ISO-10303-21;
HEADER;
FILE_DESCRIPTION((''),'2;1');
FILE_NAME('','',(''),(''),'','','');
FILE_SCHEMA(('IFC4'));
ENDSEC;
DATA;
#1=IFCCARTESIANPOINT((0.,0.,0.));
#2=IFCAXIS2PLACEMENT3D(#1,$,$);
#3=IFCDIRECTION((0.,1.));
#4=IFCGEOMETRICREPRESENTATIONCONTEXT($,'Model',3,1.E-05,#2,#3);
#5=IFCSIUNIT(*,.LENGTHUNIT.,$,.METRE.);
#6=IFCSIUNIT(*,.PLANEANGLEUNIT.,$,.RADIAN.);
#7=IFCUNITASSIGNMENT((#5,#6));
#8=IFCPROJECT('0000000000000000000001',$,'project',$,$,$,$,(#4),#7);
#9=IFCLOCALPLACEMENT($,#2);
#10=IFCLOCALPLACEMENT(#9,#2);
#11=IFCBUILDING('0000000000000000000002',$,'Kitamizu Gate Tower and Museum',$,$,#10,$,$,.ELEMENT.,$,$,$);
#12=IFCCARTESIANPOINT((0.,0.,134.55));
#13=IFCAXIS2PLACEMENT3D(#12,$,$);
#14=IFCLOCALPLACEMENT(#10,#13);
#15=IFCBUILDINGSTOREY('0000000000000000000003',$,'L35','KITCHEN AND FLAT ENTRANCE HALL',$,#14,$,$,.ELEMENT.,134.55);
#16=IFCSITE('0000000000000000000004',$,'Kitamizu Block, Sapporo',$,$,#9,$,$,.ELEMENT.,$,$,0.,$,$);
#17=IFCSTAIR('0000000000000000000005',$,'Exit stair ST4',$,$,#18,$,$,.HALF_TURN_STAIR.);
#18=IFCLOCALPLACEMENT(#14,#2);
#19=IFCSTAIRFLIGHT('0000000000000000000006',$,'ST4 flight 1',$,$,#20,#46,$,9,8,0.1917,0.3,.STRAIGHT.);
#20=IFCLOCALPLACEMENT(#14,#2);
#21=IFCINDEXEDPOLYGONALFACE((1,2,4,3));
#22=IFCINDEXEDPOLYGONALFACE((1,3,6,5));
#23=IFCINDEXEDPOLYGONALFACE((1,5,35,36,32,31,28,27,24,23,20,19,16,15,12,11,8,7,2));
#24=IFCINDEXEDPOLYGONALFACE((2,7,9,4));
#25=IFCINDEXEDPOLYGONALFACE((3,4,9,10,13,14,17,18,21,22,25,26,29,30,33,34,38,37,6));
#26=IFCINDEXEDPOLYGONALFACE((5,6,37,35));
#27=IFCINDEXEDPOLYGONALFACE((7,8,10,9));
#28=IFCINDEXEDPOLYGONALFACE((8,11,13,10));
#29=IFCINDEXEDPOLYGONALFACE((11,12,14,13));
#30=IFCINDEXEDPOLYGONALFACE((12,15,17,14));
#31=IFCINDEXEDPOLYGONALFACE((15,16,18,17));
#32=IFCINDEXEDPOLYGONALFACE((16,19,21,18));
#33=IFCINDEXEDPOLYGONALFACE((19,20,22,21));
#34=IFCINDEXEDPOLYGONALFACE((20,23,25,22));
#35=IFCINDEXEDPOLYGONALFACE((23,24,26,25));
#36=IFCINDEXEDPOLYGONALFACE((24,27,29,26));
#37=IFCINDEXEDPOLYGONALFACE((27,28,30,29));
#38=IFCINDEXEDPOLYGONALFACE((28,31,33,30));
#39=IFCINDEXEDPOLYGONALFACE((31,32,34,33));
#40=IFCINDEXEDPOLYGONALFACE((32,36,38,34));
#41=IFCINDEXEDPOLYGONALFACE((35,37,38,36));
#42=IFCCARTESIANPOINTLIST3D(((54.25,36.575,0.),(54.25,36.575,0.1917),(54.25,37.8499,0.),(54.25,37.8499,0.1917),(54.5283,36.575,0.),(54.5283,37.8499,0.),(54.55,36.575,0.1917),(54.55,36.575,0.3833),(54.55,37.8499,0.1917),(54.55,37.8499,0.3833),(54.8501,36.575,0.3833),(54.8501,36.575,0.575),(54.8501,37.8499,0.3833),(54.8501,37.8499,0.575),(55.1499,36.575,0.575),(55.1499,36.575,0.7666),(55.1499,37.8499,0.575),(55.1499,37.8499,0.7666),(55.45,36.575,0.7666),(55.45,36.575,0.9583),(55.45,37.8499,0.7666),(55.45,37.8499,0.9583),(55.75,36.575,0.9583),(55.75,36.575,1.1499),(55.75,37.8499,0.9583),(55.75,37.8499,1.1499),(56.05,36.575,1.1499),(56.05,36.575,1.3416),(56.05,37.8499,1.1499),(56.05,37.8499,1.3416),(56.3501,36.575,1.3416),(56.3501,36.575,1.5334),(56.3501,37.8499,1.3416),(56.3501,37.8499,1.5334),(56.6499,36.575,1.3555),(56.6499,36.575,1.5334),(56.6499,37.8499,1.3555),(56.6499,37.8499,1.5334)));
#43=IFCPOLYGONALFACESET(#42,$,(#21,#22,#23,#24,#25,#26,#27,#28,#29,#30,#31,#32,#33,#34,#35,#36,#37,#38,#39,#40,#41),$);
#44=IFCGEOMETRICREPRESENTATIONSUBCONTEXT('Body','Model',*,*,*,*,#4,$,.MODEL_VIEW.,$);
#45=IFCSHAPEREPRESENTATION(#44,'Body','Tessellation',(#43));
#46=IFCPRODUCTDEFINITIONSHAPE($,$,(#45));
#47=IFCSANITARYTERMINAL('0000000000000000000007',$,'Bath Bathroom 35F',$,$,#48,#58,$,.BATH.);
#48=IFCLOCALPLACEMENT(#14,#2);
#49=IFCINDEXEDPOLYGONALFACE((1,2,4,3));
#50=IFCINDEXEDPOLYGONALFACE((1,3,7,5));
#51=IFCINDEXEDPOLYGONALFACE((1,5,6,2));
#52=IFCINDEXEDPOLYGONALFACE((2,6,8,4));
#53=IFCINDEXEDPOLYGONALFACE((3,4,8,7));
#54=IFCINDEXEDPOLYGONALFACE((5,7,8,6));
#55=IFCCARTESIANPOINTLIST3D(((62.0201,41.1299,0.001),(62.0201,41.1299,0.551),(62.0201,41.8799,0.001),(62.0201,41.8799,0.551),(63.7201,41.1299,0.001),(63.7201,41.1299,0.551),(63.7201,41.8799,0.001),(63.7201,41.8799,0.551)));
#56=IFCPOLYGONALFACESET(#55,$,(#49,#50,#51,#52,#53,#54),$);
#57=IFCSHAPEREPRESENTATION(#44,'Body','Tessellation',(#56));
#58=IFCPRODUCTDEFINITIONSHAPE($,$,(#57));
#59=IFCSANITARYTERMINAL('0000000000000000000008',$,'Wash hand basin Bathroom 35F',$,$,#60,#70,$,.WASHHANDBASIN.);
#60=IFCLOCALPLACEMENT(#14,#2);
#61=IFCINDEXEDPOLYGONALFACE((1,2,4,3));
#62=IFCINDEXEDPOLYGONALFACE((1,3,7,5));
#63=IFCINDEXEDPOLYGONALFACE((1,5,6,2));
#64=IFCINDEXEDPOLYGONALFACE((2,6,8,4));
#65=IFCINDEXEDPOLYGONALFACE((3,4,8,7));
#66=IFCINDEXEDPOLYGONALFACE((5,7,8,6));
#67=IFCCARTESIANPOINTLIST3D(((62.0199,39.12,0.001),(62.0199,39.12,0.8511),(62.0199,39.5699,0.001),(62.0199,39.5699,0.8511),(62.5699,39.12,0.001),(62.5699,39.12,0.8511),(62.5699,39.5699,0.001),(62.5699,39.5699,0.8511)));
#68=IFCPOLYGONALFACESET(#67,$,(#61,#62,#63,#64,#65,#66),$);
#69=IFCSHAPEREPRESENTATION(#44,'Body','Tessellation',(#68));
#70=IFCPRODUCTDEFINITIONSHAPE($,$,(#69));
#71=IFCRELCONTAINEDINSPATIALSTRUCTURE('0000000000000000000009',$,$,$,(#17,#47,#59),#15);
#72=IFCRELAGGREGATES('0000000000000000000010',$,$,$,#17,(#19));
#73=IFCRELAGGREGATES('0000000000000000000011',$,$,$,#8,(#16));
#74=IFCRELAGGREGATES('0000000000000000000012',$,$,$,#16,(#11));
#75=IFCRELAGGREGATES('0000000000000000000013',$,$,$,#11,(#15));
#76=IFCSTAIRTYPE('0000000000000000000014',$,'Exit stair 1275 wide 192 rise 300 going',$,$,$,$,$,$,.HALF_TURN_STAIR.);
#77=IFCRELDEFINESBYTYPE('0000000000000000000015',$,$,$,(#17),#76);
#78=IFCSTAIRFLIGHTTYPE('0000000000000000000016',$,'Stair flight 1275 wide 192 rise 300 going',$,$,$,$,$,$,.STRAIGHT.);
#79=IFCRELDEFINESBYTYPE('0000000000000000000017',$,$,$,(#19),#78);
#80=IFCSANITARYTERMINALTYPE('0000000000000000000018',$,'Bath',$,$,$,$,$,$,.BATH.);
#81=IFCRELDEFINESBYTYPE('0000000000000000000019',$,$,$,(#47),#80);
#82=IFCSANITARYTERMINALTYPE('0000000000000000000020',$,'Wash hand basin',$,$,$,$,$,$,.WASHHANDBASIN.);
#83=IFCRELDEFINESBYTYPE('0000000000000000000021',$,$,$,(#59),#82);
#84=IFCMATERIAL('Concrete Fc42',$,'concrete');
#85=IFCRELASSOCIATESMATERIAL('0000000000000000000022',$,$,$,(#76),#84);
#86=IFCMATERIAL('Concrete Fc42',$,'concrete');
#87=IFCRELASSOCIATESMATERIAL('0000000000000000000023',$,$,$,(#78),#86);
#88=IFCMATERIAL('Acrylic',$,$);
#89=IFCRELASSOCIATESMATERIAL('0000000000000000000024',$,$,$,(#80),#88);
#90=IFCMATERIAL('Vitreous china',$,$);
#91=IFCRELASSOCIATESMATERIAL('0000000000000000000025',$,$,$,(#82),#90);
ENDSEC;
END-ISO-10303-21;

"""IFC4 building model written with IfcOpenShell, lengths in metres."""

from ifc_helpers import new_model, si_unit, direction, frame, origin, origin_2d, place, context, subcontext, project, spatial, polyline, rectangle, outline, extrude, material, type_object, element, aggregate, save


model = new_model("IFC4")

# Units and contexts
model_context = context("Model", 3, precision=1e-05, world=origin(), true_north=direction((0.0, 1.0)))
body_context = subcontext(model_context, "Body", "Model", "MODEL_VIEW")
ifc_project = project(units=[si_unit("LENGTHUNIT", "METRE"), si_unit("PLANEANGLEUNIT", "RADIAN")], contexts=[model_context])

# Site, building, storey
site_placement = place(None, origin())
site = spatial("IfcSite", under=ifc_project, at=site_placement, Name="Kitamizu Block, Sapporo", CompositionType="ELEMENT", RefElevation=0.0)
building_placement = place(site_placement, origin())
building = spatial("IfcBuilding", under=site, at=building_placement, Name="Kitamizu Gate Tower and Museum", CompositionType="ELEMENT")
storey_placement = place(building_placement, frame((0.0, 0.0, 134.55)))
storey = spatial("IfcBuildingStorey", under=building, at=storey_placement, Name="L35", Description="KITCHEN AND FLAT ENTRANCE HALL", CompositionType="ELEMENT", Elevation=134.55)

# Stair, stair flight
ifc_material_1 = material(Name="Concrete Fc42", Category="concrete")
stair_type = type_object("IfcStairType", Name="Exit stair 1275 wide 192 rise 300 going", PredefinedType="HALF_TURN_STAIR", material=ifc_material_1)
stair_placement = place(storey_placement, origin())
stair = element("IfcStair", 1, at=stair_placement, inside=storey, type_object=stair_type, Name="Exit stair ST4", PredefinedType="HALF_TURN_STAIR")
ifc_material_2 = material(Name="Concrete Fc42", Category="concrete")
stair_flight_type = type_object("IfcStairFlightType", Name="Stair flight 1275 wide 192 rise 300 going", PredefinedType="STRAIGHT", material=ifc_material_2)
stair_flight_placement = place(storey_placement, frame((54.25, 37.2124, 0.0), z_axis=(0.0, 0.0, 1.0), x_axis=(1.0, 0.0, 0.0)))
stair_flight = element("IfcStairFlight", 2, at=stair_flight_placement, type_object=stair_flight_type, Name="ST4 flight 1", NumberOfRisers=9, NumberOfTreads=8, PredefinedType="STRAIGHT", RiserHeight=0.1917, TreadLength=0.3, context=body_context, shape_type="SweptSolid", body=[
    extrude(outline(polyline([(0.0, 0.0), (0.0, 0.1917), (0.3, 0.1917), (0.3, 0.3833), (0.6001, 0.3833), (0.6001, 0.575), (0.8999, 0.575), (0.8999, 0.7666), (1.2, 0.7666), (1.2, 0.9583), (1.5, 0.9583), (1.5, 1.1499), (1.8, 1.1499), (1.8, 1.3416), (2.1001, 1.3416), (2.1001, 1.5334), (2.3999, 1.5334), (2.3999, 1.7251), (2.3999, 1.3555), (0.2783, 0.0), (0.0, 0.0)])), frame((0.0, 0.6375, 0.0), z_axis=(0.0, -1.0, 0.0), x_axis=(1.0, 0.0, 0.0)), (0.0, 0.0, 1.0), 1.2749),
])
aggregate(stair, [stair_flight])

# Sanitary terminals
ifc_material_3 = material(Name="Acrylic")
sanitary_terminal_type_1 = type_object("IfcSanitaryTerminalType", Name="Bath", PredefinedType="BATH", material=ifc_material_3)
sanitary_terminal_1_placement = place(storey_placement, frame((62.8701, 41.5049, 0.001), z_axis=(0.0, 0.0, 1.0), x_axis=(1.0, 0.0, 0.0)))
element("IfcSanitaryTerminal", 3, at=sanitary_terminal_1_placement, inside=storey, type_object=sanitary_terminal_type_1, Name="Bath Bathroom 35F", PredefinedType="BATH", context=body_context, shape_type="SweptSolid", body=[
    extrude(rectangle(XDim=1.7, YDim=0.75, at=origin_2d()), origin(), (0.0, 0.0, 1.0), 0.55),
])
ifc_material_4 = material(Name="Vitreous china")
sanitary_terminal_type_2 = type_object("IfcSanitaryTerminalType", Name="Wash hand basin", PredefinedType="WASHHANDBASIN", material=ifc_material_4)
sanitary_terminal_2_placement = place(storey_placement, frame((62.2949, 39.345, 0.001), z_axis=(0.0, 0.0, 1.0), x_axis=(1.0, 0.0, 0.0)))
element("IfcSanitaryTerminal", 4, at=sanitary_terminal_2_placement, inside=storey, type_object=sanitary_terminal_type_2, Name="Wash hand basin Bathroom 35F", PredefinedType="WASHHANDBASIN", context=body_context, shape_type="SweptSolid", body=[
    extrude(rectangle(XDim=0.55, YDim=0.45, at=origin_2d()), origin(), (0.0, 0.0, 1.0), 0.8501),
])

save(model, "model.ifc")
